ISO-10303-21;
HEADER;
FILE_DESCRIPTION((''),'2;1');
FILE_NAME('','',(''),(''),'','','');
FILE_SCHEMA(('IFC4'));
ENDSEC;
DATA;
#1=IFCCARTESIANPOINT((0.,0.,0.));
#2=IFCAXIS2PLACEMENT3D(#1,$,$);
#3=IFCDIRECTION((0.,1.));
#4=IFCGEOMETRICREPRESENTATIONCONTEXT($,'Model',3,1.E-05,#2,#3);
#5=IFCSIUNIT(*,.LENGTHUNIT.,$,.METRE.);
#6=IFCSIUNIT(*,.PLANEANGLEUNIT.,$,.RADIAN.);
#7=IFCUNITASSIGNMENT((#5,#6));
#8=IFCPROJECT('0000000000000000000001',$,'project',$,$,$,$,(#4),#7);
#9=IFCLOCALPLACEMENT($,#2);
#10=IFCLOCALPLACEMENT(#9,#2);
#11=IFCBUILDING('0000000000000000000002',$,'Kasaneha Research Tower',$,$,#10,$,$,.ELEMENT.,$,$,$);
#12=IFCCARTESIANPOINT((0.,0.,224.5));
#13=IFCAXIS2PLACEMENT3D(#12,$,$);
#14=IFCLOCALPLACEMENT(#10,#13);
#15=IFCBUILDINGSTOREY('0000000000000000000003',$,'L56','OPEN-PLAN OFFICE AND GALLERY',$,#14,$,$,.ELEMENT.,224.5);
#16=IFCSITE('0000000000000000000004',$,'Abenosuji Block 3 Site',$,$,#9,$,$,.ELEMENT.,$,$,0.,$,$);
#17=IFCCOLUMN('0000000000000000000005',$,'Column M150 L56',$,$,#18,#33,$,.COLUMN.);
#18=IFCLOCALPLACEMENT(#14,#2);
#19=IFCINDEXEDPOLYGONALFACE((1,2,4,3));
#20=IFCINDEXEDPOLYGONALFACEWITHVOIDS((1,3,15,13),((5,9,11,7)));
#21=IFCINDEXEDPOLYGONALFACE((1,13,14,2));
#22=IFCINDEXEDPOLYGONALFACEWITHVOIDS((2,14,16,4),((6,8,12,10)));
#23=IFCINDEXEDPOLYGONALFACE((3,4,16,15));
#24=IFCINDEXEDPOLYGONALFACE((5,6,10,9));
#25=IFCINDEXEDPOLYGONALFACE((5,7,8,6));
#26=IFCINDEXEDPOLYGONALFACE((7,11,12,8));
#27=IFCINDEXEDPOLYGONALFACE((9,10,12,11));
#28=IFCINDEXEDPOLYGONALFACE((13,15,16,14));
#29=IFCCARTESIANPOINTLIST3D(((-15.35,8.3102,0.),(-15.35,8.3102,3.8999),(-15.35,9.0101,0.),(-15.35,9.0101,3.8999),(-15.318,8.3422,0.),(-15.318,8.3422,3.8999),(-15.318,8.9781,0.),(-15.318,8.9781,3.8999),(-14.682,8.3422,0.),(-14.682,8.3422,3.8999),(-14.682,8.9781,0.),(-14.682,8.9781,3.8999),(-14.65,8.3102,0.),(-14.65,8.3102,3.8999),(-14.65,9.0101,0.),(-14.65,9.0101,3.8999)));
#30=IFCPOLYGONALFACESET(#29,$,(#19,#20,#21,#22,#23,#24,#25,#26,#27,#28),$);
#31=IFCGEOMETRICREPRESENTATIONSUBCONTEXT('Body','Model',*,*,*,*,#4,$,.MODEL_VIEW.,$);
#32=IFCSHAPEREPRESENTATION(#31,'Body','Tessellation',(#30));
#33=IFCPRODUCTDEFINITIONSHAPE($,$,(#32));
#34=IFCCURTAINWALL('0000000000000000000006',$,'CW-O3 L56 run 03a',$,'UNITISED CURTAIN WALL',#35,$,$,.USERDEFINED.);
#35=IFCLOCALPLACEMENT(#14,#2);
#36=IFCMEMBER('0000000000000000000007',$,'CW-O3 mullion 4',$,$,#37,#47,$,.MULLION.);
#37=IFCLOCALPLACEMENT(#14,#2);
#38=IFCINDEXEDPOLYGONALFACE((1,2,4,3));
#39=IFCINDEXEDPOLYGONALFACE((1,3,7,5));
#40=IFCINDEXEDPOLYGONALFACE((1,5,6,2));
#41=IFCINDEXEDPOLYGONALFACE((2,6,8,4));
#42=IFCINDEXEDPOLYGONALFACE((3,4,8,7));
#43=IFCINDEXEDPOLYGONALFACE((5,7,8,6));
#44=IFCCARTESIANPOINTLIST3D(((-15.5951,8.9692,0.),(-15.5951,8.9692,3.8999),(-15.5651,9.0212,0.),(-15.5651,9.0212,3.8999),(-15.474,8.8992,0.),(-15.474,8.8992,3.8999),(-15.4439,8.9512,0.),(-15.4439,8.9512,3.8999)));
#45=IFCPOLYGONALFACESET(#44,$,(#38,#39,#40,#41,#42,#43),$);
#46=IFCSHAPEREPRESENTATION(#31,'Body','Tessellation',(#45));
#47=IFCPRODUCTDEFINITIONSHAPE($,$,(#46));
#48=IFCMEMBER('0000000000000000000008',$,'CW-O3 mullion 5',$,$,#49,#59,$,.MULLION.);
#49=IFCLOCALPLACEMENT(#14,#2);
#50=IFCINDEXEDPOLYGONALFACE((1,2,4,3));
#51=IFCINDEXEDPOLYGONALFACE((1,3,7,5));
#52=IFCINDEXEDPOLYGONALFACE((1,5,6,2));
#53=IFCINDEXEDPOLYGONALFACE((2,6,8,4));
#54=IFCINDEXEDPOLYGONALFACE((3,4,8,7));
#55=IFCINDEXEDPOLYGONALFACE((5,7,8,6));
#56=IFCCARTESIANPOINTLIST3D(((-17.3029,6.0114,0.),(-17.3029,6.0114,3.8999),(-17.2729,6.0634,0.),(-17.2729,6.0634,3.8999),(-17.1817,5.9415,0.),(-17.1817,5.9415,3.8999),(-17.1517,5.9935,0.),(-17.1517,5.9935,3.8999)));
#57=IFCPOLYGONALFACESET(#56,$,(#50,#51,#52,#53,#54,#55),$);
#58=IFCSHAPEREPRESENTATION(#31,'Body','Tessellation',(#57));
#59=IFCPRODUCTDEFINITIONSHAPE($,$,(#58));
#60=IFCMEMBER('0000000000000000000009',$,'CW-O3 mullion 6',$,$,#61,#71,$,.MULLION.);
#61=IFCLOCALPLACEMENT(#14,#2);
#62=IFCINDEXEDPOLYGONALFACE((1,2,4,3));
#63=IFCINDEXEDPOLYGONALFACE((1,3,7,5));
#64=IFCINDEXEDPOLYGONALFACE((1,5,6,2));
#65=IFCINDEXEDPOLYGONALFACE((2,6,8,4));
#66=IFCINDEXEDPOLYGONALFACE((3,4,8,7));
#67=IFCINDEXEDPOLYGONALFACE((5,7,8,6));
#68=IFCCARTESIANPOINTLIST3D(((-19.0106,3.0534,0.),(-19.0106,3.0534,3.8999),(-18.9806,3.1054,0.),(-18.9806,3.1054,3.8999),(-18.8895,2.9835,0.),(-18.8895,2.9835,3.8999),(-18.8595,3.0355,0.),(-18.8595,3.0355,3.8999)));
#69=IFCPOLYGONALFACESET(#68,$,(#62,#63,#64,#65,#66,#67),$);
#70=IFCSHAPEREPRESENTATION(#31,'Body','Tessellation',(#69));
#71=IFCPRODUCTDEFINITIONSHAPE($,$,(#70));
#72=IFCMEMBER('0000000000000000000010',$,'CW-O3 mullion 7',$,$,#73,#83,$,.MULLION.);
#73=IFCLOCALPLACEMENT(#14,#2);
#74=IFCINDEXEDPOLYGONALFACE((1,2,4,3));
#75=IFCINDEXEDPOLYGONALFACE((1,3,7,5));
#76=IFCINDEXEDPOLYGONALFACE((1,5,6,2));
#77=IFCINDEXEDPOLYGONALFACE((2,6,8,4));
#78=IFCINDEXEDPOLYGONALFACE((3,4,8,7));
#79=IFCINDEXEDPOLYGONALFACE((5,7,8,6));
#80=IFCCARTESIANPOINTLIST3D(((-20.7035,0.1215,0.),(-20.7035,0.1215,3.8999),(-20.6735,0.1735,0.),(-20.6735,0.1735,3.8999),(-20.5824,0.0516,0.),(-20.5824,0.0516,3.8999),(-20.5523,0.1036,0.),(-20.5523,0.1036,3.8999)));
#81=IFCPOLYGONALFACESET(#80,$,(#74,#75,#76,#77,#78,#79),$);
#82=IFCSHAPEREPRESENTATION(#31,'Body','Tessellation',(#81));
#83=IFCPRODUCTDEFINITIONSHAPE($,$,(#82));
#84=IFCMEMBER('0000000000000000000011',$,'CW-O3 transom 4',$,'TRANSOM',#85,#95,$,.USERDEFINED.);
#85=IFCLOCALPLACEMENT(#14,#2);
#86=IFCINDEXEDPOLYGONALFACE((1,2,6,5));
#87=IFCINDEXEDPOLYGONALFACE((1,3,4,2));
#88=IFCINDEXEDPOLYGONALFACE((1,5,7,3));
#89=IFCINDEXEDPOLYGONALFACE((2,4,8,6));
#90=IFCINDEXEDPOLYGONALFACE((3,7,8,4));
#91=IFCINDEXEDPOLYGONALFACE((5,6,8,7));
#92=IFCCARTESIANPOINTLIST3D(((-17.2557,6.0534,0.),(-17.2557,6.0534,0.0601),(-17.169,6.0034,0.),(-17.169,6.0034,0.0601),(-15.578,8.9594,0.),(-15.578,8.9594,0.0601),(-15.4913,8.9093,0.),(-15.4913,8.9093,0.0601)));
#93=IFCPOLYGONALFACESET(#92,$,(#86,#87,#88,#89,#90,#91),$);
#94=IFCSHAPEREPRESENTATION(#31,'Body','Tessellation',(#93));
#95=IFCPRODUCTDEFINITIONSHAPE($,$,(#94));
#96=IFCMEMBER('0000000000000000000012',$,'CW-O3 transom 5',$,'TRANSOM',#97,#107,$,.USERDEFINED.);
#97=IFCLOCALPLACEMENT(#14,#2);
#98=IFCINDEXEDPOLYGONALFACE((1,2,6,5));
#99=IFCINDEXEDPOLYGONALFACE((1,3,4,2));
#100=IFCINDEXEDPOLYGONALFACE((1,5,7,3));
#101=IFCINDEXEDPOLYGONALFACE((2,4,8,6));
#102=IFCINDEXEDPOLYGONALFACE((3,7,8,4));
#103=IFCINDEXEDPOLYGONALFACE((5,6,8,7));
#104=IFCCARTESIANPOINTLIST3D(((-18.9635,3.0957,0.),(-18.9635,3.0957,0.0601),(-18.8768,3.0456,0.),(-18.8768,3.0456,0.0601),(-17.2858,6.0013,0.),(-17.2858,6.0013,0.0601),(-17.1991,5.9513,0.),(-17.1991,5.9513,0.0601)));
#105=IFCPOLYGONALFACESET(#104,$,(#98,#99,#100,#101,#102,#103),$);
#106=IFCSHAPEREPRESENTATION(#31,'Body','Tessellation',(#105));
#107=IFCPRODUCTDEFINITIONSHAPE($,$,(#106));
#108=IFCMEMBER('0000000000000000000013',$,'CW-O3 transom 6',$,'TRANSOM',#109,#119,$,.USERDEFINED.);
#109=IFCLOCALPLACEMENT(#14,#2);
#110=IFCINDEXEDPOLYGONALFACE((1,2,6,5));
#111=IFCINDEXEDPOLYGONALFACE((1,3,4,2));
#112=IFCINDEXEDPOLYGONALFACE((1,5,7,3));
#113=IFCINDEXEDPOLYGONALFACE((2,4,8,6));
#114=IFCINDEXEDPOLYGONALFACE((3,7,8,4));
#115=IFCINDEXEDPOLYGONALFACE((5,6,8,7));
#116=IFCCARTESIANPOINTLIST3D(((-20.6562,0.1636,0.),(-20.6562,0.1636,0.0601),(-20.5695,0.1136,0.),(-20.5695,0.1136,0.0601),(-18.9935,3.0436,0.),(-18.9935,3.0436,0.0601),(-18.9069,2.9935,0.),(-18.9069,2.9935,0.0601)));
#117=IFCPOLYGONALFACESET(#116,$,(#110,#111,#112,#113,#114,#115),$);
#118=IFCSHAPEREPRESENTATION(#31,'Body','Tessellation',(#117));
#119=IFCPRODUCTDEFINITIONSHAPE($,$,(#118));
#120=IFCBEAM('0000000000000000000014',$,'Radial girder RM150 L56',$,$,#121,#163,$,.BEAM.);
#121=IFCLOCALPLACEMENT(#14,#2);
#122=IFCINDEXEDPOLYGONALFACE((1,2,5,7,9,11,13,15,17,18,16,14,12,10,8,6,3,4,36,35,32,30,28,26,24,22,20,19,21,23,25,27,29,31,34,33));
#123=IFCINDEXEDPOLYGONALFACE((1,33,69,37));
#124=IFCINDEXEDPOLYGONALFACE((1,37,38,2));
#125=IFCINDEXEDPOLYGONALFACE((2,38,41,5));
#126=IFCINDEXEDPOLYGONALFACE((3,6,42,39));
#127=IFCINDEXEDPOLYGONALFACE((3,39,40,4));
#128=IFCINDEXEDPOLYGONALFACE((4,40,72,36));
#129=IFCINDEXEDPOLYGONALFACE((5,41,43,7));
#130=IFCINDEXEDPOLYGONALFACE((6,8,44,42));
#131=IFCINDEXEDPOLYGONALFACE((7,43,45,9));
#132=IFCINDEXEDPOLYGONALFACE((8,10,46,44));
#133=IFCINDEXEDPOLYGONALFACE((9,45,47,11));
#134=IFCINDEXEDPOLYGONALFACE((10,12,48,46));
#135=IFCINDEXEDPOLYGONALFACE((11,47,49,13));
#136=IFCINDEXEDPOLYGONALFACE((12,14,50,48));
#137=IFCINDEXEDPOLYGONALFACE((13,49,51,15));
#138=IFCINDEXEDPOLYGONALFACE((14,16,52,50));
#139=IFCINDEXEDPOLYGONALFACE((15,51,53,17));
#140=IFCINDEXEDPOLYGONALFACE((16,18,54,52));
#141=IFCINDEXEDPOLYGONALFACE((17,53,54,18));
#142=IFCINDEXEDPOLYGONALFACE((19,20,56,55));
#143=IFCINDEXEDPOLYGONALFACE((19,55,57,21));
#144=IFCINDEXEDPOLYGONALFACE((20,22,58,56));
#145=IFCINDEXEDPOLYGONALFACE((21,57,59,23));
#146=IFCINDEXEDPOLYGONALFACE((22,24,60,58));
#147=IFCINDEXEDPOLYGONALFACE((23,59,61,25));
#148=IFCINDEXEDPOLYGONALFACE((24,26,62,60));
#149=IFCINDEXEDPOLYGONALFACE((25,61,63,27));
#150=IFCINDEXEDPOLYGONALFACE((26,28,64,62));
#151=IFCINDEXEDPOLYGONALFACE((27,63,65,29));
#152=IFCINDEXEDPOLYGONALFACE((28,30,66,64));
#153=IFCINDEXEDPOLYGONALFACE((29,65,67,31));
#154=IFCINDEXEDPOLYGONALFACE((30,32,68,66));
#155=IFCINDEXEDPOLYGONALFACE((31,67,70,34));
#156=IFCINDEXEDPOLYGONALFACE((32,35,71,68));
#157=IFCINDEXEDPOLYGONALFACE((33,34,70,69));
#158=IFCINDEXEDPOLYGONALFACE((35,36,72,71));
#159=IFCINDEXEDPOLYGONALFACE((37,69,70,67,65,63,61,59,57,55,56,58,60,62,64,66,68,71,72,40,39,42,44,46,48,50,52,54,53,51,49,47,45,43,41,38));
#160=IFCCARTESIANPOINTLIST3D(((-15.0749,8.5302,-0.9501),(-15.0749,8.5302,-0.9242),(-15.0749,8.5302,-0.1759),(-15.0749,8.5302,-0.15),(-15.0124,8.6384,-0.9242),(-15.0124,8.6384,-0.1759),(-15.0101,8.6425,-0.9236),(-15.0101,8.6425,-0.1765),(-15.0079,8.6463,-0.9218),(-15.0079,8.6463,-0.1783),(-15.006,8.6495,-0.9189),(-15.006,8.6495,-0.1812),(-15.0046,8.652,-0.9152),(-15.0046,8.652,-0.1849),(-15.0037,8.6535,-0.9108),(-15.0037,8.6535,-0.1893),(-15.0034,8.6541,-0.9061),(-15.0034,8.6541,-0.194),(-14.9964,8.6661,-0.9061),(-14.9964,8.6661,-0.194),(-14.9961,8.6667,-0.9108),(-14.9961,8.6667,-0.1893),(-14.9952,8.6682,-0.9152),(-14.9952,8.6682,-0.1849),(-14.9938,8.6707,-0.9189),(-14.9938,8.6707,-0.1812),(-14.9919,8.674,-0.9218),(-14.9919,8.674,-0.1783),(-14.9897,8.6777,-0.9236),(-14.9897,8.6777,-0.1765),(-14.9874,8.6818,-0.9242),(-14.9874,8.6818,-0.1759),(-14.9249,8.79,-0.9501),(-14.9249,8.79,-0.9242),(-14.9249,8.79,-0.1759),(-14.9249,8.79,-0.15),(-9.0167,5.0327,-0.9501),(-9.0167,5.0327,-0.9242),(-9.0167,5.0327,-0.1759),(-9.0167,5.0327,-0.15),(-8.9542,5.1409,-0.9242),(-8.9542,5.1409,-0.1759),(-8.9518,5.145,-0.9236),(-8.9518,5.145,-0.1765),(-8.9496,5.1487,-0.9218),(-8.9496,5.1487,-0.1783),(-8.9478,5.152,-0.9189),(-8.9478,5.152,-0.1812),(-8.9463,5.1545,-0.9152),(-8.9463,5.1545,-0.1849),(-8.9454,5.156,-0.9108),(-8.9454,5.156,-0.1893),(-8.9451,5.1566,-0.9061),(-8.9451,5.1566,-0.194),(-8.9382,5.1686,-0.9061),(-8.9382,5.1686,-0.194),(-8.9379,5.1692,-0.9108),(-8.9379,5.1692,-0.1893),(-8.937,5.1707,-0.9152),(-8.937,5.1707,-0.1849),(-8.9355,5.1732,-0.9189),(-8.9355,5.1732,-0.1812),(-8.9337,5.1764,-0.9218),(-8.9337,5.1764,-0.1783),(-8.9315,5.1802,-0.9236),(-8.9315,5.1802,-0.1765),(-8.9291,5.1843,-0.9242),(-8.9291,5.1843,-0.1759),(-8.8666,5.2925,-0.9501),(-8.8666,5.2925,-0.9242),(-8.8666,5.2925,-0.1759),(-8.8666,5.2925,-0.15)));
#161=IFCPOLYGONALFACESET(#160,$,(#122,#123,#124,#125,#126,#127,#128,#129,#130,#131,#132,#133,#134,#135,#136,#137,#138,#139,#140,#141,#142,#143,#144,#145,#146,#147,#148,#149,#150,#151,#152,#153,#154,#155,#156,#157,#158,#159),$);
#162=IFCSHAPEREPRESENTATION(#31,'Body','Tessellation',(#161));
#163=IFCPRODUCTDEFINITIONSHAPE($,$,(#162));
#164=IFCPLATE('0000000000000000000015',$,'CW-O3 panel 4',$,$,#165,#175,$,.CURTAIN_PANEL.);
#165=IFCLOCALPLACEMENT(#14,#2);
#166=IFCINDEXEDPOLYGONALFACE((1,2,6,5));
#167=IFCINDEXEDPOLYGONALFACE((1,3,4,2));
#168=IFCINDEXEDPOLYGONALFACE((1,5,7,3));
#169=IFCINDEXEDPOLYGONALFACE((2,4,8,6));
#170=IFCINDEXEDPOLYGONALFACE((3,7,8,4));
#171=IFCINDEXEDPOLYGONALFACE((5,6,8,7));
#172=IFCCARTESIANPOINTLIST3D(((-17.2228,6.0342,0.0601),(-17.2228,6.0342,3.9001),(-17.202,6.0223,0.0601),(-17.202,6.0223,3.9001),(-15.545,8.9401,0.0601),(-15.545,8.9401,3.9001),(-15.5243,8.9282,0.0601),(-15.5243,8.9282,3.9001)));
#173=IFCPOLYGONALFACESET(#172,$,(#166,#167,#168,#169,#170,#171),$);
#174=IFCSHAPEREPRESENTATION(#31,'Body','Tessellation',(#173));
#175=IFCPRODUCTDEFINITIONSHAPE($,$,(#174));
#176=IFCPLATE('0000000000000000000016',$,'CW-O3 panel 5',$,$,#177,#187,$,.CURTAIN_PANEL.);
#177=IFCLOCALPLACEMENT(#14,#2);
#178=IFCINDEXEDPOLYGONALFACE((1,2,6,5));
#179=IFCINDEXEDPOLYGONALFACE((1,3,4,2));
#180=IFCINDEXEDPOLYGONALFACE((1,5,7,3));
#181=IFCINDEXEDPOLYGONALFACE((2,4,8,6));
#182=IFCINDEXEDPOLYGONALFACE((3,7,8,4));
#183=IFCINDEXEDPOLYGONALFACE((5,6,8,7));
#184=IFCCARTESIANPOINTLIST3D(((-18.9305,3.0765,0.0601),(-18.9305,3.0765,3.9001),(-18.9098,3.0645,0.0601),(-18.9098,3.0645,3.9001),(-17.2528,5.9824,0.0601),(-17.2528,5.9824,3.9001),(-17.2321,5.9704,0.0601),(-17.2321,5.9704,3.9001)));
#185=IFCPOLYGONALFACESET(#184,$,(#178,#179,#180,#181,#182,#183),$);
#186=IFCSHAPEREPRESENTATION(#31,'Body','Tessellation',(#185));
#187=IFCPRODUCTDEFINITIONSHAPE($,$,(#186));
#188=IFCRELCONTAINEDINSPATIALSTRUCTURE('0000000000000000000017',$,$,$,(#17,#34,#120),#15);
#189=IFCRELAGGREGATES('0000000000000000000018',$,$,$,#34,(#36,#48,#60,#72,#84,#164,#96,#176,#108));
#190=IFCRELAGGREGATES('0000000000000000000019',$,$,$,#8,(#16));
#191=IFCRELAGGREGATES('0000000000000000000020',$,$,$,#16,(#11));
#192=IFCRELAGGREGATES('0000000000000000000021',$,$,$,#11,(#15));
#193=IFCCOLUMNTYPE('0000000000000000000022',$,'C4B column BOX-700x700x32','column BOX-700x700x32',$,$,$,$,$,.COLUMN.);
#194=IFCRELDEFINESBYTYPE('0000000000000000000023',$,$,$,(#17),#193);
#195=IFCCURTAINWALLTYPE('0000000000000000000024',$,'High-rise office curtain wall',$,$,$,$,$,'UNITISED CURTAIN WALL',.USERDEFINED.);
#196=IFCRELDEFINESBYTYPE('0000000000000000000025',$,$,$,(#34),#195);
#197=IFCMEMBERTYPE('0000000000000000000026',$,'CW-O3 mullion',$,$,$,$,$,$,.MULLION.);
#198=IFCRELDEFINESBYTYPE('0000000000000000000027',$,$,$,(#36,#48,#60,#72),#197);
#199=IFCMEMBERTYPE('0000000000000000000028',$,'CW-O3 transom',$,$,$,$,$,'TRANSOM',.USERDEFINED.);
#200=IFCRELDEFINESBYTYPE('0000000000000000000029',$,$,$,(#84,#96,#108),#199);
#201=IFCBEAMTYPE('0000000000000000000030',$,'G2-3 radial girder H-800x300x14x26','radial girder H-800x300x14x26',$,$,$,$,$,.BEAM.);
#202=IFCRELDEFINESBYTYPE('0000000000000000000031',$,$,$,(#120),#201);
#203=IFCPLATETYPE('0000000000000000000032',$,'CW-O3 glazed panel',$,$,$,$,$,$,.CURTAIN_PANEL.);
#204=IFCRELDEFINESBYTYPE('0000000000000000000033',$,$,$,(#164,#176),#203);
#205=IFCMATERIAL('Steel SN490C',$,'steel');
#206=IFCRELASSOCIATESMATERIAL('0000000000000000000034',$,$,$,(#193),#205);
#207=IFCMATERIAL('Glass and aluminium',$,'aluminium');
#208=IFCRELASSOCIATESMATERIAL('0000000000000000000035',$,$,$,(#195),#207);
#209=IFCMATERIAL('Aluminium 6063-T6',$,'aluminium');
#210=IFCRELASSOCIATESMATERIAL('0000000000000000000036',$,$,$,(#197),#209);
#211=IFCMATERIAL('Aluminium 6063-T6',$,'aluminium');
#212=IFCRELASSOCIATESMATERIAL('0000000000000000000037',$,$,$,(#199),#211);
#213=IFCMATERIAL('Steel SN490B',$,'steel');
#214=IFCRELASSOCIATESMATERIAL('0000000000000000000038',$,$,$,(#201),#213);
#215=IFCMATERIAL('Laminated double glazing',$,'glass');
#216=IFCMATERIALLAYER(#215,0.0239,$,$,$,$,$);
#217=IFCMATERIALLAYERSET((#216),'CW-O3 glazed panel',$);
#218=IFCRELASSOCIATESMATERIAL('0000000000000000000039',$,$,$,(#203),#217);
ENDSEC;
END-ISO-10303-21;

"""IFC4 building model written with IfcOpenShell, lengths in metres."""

from ifc_helpers import new_model, si_unit, direction, frame, origin, origin_2d, place, context, subcontext, project, spatial, rectangle, hollow_rectangle, i_section, extrude, material, layer, layer_set, material_profile, profile_set, type_object, element, aggregate, save


model = new_model("IFC4")

# Units and contexts
model_context = context("Model", 3, precision=1e-05, world=origin(), true_north=direction((0.0, 1.0)))
body_context = subcontext(model_context, "Body", "Model", "MODEL_VIEW")
ifc_project = project(units=[si_unit("LENGTHUNIT", "METRE"), si_unit("PLANEANGLEUNIT", "RADIAN")], contexts=[model_context])

# Site, building, storey
site_placement = place(None, origin())
site = spatial("IfcSite", under=ifc_project, at=site_placement, Name="Abenosuji Block 3 Site", CompositionType="ELEMENT", RefElevation=0.0)
building_placement = place(site_placement, origin())
building = spatial("IfcBuilding", under=site, at=building_placement, Name="Kasaneha Research Tower", CompositionType="ELEMENT")
storey_placement = place(building_placement, frame((0.0, 0.0, 224.5)))
storey = spatial("IfcBuildingStorey", under=building, at=storey_placement, Name="L56", Description="OPEN-PLAN OFFICE AND GALLERY", CompositionType="ELEMENT", Elevation=224.5)

# Column
ifc_material_1 = material(Name="Steel SN490C", Category="steel")
ifc_material_profile_1 = material_profile(ifc_material_1, hollow_rectangle(XDim=0.7, YDim=0.7, WallThickness=0.032, at=origin_2d()), Name="BOX-700x700x32")
ifc_profile_set_1 = profile_set([ifc_material_profile_1], Name="Steel SN490C")
column_type = type_object("IfcColumnType", Name="C4B column BOX-700x700x32", Description="column BOX-700x700x32", PredefinedType="COLUMN", material=ifc_profile_set_1)
column_placement = place(storey_placement, frame((-15.0, 8.6602, 0.0), z_axis=(0.0, 0.0, 1.0), x_axis=(1.0, 0.0, 0.0)))
element("IfcColumn", 1, at=column_placement, inside=storey, type_object=column_type, Name="Column M150 L56", PredefinedType="COLUMN", context=body_context, shape_type="SweptSolid", body=[
    extrude(hollow_rectangle(XDim=0.7, YDim=0.7, WallThickness=0.032, at=origin_2d()), origin(), (0.0, 0.0, 1.0), 3.8999),
])

# Curtain wall, members
ifc_material_2 = material(Name="Glass and aluminium", Category="aluminium")
curtain_wall_type = type_object("IfcCurtainWallType", Name="High-rise office curtain wall", ElementType="UNITISED CURTAIN WALL", PredefinedType="USERDEFINED", material=ifc_material_2)
curtain_wall_placement = place(storey_placement, origin())
curtain_wall = element("IfcCurtainWall", 2, at=curtain_wall_placement, inside=storey, type_object=curtain_wall_type, Name="CW-O3 L56 run 03a", ObjectType="UNITISED CURTAIN WALL", PredefinedType="USERDEFINED")
ifc_material_3 = material(Name="Aluminium 6063-T6", Category="aluminium")
ifc_material_profile_2 = material_profile(ifc_material_3, rectangle(XDim=0.0601, YDim=0.1399, at=origin_2d()), Name="CW-O3 mullion 60x140")
ifc_profile_set_2 = profile_set([ifc_material_profile_2], Name="Aluminium 6063-T6")
member_type_1 = type_object("IfcMemberType", Name="CW-O3 mullion", PredefinedType="MULLION", material=ifc_profile_set_2)
member_1_placement = place(storey_placement, frame((-15.5195, 8.9602, 0.0), z_axis=(0.0, 0.0, 1.0), x_axis=(-0.5, -0.866025, 0.0)))
member_1 = element("IfcMember", 3, at=member_1_placement, type_object=member_type_1, Name="CW-O3 mullion 4", PredefinedType="MULLION", context=body_context, shape_type="SweptSolid", body=[
    extrude(rectangle(XDim=0.0601, YDim=0.1399, at=origin_2d()), origin(), (0.0, 0.0, 1.0), 3.8999),
])
member_2_placement = place(storey_placement, frame((-17.2273, 6.0024, 0.0), z_axis=(0.0, 0.0, 1.0), x_axis=(-0.5, -0.866025, 0.0)))
member_2 = element("IfcMember", 4, at=member_2_placement, type_object=member_type_1, Name="CW-O3 mullion 5", PredefinedType="MULLION", context=body_context, shape_type="SweptSolid", body=[
    extrude(rectangle(XDim=0.0601, YDim=0.1399, at=origin_2d()), origin(), (0.0, 0.0, 1.0), 3.8999),
])
member_3_placement = place(storey_placement, frame((-18.9351, 3.0444, 0.0), z_axis=(0.0, 0.0, 1.0), x_axis=(-0.5, -0.866025, 0.0)))
member_3 = element("IfcMember", 5, at=member_3_placement, type_object=member_type_1, Name="CW-O3 mullion 6", PredefinedType="MULLION", context=body_context, shape_type="SweptSolid", body=[
    extrude(rectangle(XDim=0.0601, YDim=0.1399, at=origin_2d()), origin(), (0.0, 0.0, 1.0), 3.8999),
])
member_4_placement = place(storey_placement, frame((-20.6279, 0.1125, 0.0), z_axis=(0.0, 0.0, 1.0), x_axis=(-0.5, -0.866025, 0.0)))
member_4 = element("IfcMember", 6, at=member_4_placement, type_object=member_type_1, Name="CW-O3 mullion 7", PredefinedType="MULLION", context=body_context, shape_type="SweptSolid", body=[
    extrude(rectangle(XDim=0.0601, YDim=0.1399, at=origin_2d()), origin(), (0.0, 0.0, 1.0), 3.8999),
])
ifc_material_4 = material(Name="Aluminium 6063-T6", Category="aluminium")
ifc_material_profile_3 = material_profile(ifc_material_4, rectangle(XDim=0.1001, YDim=0.0601, at=origin_2d()), Name="CW-O3 transom 100x60")
ifc_profile_set_3 = profile_set([ifc_material_profile_3], Name="Aluminium 6063-T6")
member_type_2 = type_object("IfcMemberType", Name="CW-O3 transom", ElementType="TRANSOM", PredefinedType="USERDEFINED", material=ifc_profile_set_3)
member_5_placement = place(storey_placement, frame((-15.5347, 8.9343, 0.03), z_axis=(-0.499989, -0.866032, 0.0), x_axis=(0.866032, -0.499989, 0.0)))
member_5 = element("IfcMember", 7, at=member_5_placement, type_object=member_type_2, Name="CW-O3 transom 4", ObjectType="TRANSOM", PredefinedType="USERDEFINED", context=body_context, shape_type="SweptSolid", body=[
    extrude(rectangle(XDim=0.1001, YDim=0.0601, at=origin_2d()), origin(), (0.0, 0.0, 1.0), 3.3555),
])
member_6_placement = place(storey_placement, frame((-17.2424, 5.9763, 0.03), z_axis=(-0.500021, -0.866014, 0.0), x_axis=(0.866014, -0.500021, 0.0)))
member_6 = element("IfcMember", 8, at=member_6_placement, type_object=member_type_2, Name="CW-O3 transom 5", ObjectType="TRANSOM", PredefinedType="USERDEFINED", context=body_context, shape_type="SweptSolid", body=[
    extrude(rectangle(XDim=0.1001, YDim=0.0601, at=origin_2d()), origin(), (0.0, 0.0, 1.0), 3.3552),
])
member_7_placement = place(storey_placement, frame((-18.9502, 3.0186, 0.03), z_axis=(-0.499977, -0.866039, 0.0), x_axis=(0.866039, -0.499977, 0.0)))
member_7 = element("IfcMember", 9, at=member_7_placement, type_object=member_type_2, Name="CW-O3 transom 6", ObjectType="TRANSOM", PredefinedType="USERDEFINED", context=body_context, shape_type="SweptSolid", body=[
    extrude(rectangle(XDim=0.1001, YDim=0.0601, at=origin_2d()), origin(), (0.0, 0.0, 1.0), 3.3254),
])

# Beam
ifc_material_5 = material(Name="Steel SN490B", Category="steel")
ifc_material_profile_4 = material_profile(ifc_material_5, i_section(OverallWidth=0.3, OverallDepth=0.8, WebThickness=0.0139, FlangeThickness=0.0259, FilletRadius=0.0181, at=origin_2d()), Name="H-800x300x14x26")
ifc_profile_set_4 = profile_set([ifc_material_profile_4], Name="Steel SN490B")
beam_type = type_object("IfcBeamType", Name="G2-3 radial girder H-800x300x14x26", Description="radial girder H-800x300x14x26", PredefinedType="BEAM", material=ifc_profile_set_4)
beam_placement = place(storey_placement, frame((-8.9417, 5.1626, -0.55), z_axis=(-0.86604, 0.499975, 0.0), x_axis=(-0.499975, -0.86604, 0.0)))
element("IfcBeam", 10, at=beam_placement, inside=storey, type_object=beam_type, Name="Radial girder RM150 L56", PredefinedType="BEAM", context=body_context, shape_type="SweptSolid", body=[
    extrude(i_section(OverallWidth=0.3, OverallDepth=0.8, WebThickness=0.0139, FlangeThickness=0.0259, FilletRadius=0.0181, at=origin_2d()), origin(), (0.0, 0.0, 1.0), 6.9954),
])

# Plates
ifc_material_6 = material(Name="Laminated double glazing", Category="glass")
ifc_layer_1 = layer(ifc_material_6, 0.0239)
ifc_layer_set_1 = layer_set([ifc_layer_1], Name="CW-O3 glazed panel")
plate_type = type_object("IfcPlateType", Name="CW-O3 glazed panel", PredefinedType="CURTAIN_PANEL", material=ifc_layer_set_1)
plate_1_placement = place(storey_placement, frame((-16.3735, 7.4812, 0.0601), z_axis=(0.0, 0.0, 1.0), x_axis=(-0.5, -0.866025, 0.0)))
plate_1 = element("IfcPlate", 11, at=plate_1_placement, type_object=plate_type, Name="CW-O3 panel 4", PredefinedType="CURTAIN_PANEL", context=body_context, shape_type="SweptSolid", body=[
    extrude(rectangle(XDim=3.3555, YDim=0.0239, at=origin_2d()), origin(), (0.0, 0.0, 1.0), 3.8401),
])
plate_2_placement = place(storey_placement, frame((-18.0813, 4.5234, 0.0601), z_axis=(0.0, 0.0, 1.0), x_axis=(-0.5, -0.866025, 0.0)))
plate_2 = element("IfcPlate", 12, at=plate_2_placement, type_object=plate_type, Name="CW-O3 panel 5", PredefinedType="CURTAIN_PANEL", context=body_context, shape_type="SweptSolid", body=[
    extrude(rectangle(XDim=3.3555, YDim=0.0239, at=origin_2d()), origin(), (0.0, 0.0, 1.0), 3.8401),
])
aggregate(curtain_wall, [member_1, member_2, member_3, member_4, member_5, plate_1, member_6, plate_2, member_7])

save(model, "model.ifc")
